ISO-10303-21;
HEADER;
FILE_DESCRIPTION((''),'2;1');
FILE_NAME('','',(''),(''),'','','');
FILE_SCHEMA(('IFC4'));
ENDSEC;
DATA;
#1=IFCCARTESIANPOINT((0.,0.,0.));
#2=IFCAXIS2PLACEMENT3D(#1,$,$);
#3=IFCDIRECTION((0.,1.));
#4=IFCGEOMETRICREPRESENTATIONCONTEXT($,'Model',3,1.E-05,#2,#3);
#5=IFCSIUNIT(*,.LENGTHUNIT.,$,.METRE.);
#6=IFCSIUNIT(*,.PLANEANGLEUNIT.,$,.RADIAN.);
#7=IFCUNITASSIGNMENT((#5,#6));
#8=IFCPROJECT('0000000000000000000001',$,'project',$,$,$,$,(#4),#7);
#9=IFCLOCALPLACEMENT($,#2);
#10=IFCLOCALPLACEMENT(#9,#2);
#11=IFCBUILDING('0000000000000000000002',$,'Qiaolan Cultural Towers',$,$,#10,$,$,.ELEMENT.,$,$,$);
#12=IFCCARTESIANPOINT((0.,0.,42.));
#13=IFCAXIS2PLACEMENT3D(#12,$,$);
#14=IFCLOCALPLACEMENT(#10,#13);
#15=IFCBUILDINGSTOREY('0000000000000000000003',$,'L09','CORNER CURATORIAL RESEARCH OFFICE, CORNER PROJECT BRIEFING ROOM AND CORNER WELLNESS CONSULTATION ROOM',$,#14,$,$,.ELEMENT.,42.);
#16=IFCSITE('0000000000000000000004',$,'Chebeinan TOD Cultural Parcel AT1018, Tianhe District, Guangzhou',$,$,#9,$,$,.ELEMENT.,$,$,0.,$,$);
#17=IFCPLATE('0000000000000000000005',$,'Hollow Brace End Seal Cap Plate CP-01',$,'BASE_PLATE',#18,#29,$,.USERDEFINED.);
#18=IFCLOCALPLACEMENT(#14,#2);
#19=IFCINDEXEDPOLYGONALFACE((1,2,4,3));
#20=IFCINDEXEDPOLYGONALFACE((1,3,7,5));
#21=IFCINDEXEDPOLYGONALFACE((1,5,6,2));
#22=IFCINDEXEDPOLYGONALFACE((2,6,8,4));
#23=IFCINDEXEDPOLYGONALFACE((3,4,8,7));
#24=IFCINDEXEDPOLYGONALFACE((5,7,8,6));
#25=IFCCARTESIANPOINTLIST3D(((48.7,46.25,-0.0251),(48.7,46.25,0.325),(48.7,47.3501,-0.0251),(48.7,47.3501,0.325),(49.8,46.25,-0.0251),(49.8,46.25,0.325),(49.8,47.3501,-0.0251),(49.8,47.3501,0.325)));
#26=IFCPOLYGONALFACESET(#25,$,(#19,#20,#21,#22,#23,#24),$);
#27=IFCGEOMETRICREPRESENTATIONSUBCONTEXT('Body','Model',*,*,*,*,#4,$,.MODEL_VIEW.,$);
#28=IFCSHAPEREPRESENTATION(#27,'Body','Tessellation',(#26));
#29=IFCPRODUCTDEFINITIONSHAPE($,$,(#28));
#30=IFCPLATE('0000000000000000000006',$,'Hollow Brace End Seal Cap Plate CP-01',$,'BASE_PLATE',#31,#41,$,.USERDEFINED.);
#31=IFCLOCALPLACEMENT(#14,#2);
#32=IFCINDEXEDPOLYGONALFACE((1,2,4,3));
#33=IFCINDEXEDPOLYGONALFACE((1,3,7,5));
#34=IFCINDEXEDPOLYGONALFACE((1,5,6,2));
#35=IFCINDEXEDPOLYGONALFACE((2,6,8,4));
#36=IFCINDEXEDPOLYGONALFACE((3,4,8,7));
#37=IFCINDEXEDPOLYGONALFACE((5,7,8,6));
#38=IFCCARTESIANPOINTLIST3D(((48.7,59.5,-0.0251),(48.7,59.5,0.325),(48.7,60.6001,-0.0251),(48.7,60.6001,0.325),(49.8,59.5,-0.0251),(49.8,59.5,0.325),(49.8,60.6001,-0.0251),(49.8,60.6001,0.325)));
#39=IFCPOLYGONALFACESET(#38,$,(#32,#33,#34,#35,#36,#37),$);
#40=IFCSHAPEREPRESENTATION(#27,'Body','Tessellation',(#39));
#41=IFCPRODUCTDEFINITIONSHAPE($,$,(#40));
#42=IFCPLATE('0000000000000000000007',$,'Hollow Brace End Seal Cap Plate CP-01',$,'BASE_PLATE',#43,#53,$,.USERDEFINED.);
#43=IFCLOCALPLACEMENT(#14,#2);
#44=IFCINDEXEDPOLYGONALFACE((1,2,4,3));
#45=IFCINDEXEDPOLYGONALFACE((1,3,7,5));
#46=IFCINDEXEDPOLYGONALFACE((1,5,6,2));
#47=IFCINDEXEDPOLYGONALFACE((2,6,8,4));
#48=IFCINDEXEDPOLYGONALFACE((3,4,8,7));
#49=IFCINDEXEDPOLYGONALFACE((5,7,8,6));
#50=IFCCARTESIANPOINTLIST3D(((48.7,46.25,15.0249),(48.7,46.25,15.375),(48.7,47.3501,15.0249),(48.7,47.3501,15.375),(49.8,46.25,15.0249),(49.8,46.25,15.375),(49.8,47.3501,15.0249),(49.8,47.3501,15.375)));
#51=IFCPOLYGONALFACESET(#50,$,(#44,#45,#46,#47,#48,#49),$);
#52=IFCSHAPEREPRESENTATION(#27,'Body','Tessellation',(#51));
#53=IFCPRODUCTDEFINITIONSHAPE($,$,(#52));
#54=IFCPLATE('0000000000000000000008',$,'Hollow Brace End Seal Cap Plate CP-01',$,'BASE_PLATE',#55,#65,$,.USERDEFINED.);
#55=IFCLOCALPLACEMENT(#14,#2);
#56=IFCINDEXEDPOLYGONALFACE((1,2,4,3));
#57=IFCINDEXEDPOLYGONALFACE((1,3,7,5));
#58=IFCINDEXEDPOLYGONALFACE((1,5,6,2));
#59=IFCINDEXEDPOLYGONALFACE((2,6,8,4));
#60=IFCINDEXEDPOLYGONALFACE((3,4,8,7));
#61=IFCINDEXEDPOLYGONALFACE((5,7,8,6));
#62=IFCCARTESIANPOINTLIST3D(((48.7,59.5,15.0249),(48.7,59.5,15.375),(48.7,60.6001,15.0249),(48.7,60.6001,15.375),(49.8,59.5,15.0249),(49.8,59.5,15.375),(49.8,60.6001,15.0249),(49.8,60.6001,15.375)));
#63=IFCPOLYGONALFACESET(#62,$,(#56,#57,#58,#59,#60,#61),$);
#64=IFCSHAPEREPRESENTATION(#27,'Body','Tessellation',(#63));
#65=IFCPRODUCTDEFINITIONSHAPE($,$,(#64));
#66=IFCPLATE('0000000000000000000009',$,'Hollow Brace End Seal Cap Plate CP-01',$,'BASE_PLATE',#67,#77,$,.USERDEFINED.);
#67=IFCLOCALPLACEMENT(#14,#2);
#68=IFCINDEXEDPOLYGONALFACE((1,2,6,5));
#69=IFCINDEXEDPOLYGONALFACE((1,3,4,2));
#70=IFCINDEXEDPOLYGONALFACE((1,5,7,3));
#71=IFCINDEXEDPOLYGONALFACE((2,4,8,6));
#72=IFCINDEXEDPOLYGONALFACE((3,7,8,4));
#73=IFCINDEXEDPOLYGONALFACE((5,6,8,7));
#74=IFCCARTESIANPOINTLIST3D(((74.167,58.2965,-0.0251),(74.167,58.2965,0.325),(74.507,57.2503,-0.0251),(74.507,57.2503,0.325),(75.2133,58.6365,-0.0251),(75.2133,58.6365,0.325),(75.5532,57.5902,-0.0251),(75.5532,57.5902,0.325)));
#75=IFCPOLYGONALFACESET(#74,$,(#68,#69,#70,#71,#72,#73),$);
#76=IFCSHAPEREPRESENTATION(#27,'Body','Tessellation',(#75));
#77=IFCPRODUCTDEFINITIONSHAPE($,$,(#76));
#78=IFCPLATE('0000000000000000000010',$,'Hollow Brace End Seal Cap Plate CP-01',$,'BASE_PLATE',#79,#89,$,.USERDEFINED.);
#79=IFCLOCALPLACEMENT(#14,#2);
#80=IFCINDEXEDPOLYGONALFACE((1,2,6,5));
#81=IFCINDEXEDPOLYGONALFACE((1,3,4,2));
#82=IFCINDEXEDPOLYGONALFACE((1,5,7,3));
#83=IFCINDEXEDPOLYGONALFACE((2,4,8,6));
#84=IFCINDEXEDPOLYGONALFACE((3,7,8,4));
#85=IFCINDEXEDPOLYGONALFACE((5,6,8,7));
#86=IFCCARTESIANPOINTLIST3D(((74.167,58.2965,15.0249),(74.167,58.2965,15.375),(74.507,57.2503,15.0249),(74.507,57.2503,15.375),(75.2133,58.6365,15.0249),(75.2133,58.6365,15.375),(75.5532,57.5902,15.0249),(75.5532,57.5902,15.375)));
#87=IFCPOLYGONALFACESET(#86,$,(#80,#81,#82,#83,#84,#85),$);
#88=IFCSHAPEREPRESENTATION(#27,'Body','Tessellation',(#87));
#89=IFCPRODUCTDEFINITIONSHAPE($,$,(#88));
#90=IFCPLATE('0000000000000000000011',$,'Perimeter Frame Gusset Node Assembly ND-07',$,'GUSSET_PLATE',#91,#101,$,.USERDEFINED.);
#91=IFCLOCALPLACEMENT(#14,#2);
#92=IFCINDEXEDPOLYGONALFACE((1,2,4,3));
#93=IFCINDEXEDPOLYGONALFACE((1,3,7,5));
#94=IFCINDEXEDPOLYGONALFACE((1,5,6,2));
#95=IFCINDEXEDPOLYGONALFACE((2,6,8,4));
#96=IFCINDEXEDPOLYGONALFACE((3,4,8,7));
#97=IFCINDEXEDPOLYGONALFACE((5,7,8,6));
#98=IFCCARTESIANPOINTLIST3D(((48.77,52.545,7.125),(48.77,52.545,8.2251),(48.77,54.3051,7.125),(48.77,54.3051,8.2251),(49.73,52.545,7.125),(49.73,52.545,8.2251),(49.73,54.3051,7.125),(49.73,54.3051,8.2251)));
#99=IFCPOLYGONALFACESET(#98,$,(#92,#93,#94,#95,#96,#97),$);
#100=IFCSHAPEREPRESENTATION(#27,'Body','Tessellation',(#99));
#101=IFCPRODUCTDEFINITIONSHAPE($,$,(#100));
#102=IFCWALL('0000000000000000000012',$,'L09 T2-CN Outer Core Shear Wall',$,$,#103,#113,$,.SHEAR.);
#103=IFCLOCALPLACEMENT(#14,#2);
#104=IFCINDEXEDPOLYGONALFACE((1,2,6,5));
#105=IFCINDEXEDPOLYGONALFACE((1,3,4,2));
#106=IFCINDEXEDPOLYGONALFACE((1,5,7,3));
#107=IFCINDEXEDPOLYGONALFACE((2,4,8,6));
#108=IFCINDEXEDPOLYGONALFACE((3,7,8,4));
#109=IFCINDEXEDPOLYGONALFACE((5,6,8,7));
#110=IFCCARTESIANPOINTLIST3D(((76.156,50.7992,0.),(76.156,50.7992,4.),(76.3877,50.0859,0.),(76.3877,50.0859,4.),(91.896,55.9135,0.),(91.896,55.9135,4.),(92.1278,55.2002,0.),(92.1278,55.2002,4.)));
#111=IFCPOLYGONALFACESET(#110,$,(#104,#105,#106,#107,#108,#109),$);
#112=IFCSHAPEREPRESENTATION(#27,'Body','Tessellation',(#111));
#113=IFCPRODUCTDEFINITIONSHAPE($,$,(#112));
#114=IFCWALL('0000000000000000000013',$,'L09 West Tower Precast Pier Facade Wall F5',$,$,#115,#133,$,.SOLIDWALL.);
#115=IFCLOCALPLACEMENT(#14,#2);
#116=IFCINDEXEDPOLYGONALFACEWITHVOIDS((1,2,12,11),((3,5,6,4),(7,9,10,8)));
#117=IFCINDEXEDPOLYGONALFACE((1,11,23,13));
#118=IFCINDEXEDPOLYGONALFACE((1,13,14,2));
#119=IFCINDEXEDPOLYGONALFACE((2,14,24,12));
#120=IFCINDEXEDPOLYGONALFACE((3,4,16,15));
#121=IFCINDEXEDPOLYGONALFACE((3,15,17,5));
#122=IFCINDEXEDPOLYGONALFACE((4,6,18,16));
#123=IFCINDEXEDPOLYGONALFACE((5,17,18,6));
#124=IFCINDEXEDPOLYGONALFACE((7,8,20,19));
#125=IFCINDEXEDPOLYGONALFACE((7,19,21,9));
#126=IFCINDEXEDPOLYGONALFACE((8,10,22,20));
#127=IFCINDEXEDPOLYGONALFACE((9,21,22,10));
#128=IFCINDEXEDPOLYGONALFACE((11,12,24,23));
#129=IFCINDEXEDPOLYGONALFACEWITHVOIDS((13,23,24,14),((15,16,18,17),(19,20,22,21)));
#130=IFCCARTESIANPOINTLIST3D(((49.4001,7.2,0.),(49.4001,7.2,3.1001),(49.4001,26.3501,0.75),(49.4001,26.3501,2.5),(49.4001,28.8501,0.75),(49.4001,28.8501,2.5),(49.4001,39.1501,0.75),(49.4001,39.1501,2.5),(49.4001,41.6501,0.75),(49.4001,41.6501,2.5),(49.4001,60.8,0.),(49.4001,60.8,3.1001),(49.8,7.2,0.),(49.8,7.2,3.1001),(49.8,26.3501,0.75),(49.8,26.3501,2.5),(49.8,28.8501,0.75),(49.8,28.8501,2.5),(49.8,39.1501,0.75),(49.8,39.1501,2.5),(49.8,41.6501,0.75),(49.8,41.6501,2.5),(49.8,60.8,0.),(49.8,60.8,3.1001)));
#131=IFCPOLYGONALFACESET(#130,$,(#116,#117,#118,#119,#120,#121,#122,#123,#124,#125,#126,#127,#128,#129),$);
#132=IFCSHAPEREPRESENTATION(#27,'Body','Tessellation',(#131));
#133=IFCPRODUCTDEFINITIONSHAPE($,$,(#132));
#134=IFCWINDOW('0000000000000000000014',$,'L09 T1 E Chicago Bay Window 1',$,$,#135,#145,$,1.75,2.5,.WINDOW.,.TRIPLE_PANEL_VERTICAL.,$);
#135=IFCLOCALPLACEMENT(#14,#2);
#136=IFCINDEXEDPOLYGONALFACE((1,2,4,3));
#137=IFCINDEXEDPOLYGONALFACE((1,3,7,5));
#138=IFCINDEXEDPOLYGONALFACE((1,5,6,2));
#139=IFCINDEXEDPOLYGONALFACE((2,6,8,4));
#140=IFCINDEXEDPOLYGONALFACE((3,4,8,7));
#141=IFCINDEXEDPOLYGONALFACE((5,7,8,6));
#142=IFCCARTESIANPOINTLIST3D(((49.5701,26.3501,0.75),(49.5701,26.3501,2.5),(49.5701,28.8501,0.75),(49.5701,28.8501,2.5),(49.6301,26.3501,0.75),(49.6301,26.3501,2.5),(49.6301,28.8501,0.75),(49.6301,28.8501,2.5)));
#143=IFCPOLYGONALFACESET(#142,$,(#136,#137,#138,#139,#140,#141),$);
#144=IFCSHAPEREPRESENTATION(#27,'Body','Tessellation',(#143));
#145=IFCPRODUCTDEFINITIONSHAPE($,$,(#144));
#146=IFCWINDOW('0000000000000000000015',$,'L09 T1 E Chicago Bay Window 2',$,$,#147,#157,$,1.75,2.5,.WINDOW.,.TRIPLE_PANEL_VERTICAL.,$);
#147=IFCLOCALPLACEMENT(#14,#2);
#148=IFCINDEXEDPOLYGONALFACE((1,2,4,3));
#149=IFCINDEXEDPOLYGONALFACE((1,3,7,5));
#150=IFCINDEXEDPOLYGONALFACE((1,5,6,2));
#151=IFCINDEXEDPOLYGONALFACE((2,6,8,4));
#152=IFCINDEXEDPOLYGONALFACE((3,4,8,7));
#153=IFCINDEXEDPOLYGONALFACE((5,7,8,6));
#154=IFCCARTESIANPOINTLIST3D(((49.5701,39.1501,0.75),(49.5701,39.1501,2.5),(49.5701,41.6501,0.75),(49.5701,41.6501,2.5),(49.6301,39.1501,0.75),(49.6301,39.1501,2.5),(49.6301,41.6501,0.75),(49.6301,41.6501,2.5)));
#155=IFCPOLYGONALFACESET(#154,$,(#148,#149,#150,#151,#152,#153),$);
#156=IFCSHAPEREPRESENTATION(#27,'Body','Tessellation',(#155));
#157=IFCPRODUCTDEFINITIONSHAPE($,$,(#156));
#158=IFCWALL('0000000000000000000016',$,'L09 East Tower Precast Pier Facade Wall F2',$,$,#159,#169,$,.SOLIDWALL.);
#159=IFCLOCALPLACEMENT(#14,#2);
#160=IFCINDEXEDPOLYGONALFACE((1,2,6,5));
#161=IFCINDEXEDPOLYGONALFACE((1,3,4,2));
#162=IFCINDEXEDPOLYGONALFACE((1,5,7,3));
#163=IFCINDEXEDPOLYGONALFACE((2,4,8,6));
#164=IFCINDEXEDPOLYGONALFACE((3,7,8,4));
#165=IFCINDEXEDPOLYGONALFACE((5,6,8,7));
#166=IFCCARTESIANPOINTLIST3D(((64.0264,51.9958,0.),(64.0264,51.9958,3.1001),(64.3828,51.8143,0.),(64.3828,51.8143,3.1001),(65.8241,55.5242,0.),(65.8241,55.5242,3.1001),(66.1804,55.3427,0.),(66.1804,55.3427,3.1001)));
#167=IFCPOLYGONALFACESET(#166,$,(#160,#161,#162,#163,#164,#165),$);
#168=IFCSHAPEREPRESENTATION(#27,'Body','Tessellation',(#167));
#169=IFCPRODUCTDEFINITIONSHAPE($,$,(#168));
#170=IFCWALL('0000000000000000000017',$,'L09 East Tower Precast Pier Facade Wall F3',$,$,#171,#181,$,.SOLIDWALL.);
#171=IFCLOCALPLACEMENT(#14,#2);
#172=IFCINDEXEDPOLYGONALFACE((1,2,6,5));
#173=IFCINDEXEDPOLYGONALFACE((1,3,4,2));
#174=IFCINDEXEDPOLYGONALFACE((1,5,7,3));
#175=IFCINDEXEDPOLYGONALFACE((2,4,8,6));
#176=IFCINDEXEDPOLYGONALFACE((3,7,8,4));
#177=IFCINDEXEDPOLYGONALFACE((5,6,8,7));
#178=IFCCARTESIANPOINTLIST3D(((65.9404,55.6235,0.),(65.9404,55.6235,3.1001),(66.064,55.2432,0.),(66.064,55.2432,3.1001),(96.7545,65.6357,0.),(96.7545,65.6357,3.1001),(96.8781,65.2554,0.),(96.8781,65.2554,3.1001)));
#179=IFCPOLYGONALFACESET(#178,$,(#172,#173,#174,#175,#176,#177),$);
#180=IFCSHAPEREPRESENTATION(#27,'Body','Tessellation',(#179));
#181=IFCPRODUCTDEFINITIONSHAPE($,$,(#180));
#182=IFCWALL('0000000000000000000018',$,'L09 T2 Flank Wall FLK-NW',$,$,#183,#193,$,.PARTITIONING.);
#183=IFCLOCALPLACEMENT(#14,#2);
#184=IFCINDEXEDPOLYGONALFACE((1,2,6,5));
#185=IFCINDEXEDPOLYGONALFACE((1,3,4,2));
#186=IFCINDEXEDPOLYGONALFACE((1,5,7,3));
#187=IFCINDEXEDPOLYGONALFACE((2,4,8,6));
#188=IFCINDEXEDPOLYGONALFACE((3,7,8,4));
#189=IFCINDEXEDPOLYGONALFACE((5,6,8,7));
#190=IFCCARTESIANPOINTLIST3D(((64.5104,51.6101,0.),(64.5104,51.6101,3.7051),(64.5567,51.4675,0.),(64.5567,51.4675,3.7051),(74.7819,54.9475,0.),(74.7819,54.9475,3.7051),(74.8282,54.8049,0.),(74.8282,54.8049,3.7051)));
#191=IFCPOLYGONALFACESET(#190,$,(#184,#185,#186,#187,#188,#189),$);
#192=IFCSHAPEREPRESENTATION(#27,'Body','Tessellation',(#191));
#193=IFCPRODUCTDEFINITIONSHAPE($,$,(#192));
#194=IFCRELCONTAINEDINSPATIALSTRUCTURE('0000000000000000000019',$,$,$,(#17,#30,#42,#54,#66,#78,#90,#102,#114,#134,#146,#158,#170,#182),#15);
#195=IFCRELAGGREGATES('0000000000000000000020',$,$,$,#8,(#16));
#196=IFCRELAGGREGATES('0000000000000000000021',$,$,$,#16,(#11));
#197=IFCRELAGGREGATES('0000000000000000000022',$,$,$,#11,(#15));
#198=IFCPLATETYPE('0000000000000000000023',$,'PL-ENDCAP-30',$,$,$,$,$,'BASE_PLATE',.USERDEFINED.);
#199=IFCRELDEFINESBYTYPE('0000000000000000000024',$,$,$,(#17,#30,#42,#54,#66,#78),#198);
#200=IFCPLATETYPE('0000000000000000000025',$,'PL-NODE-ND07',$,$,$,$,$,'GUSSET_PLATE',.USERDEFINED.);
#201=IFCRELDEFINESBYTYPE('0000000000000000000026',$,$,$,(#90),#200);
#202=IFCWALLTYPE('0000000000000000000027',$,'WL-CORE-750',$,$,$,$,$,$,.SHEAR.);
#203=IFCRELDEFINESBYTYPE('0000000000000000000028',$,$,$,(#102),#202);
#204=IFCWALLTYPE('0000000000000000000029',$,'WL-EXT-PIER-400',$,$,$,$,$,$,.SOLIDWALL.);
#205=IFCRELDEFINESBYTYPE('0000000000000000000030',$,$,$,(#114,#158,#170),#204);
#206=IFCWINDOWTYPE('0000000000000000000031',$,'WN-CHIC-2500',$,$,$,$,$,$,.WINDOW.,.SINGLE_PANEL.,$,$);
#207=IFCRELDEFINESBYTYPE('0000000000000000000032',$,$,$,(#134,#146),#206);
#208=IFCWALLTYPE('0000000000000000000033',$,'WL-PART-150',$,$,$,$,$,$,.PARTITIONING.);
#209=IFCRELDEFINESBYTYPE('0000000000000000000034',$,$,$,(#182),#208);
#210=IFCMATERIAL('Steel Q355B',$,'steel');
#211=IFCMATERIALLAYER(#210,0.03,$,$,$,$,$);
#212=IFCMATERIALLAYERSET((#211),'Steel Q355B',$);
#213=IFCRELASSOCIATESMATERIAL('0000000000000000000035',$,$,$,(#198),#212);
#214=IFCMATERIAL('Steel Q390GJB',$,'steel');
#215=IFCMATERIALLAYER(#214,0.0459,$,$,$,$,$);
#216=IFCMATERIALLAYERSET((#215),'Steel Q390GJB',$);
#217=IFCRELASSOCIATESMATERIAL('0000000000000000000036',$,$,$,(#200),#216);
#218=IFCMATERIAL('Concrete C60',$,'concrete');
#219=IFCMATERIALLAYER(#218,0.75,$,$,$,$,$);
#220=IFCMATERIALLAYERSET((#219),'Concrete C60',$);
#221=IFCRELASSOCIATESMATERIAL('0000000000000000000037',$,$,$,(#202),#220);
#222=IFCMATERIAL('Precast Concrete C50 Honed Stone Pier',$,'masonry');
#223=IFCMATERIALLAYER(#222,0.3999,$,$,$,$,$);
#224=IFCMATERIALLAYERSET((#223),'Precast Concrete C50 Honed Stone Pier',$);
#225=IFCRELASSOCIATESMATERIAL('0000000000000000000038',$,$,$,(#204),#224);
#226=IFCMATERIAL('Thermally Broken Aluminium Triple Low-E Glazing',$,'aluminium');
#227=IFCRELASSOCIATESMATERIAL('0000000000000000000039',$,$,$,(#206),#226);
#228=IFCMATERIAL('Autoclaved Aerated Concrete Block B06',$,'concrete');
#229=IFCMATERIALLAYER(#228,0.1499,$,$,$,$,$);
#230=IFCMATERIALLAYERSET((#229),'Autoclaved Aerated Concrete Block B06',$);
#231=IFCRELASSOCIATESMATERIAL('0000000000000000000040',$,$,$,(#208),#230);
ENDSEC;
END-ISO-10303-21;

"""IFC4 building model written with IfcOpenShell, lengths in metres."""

from ifc_helpers import new_model, si_unit, direction, frame, frame_2d, origin, origin_2d, place, context, subcontext, project, spatial, rectangle, extrude, material, layer, layer_set, type_object, element, fill, save


model = new_model("IFC4")

# Units and contexts
model_context = context("Model", 3, precision=1e-05, world=origin(), true_north=direction((0.0, 1.0)))
body_context = subcontext(model_context, "Body", "Model", "MODEL_VIEW")
ifc_project = project(units=[si_unit("LENGTHUNIT", "METRE"), si_unit("PLANEANGLEUNIT", "RADIAN")], contexts=[model_context])

# Site, building, storey
site_placement = place(None, origin())
site = spatial("IfcSite", under=ifc_project, at=site_placement, Name="Chebeinan TOD Cultural Parcel AT1018, Tianhe District, Guangzhou", CompositionType="ELEMENT", RefElevation=0.0)
building_placement = place(site_placement, origin())
building = spatial("IfcBuilding", under=site, at=building_placement, Name="Qiaolan Cultural Towers", CompositionType="ELEMENT")
storey_placement = place(building_placement, frame((0.0, 0.0, 42.0)))
storey = spatial("IfcBuildingStorey", under=building, at=storey_placement, Name="L09", Description="CORNER CURATORIAL RESEARCH OFFICE, CORNER PROJECT BRIEFING ROOM AND CORNER WELLNESS CONSULTATION ROOM", CompositionType="ELEMENT", Elevation=42.0)

# Plates
ifc_material_1 = material(Name="Steel Q355B", Category="steel")
ifc_layer_1 = layer(ifc_material_1, 0.03)
ifc_layer_set_1 = layer_set([ifc_layer_1], Name="Steel Q355B")
plate_type_1 = type_object("IfcPlateType", Name="PL-ENDCAP-30", ElementType="BASE_PLATE", PredefinedType="USERDEFINED", material=ifc_layer_set_1)
for number, where, z_axis, x_axis, name in (
    (1, (49.25, 46.8, -0.0251), (0.0, 0.0, 1.0), (0.0, 1.0, 0.0), "Hollow Brace End Seal Cap Plate CP-01"),
    (2, (49.25, 60.05, -0.0251), (0.0, 0.0, 1.0), (0.0, 1.0, 0.0), "Hollow Brace End Seal Cap Plate CP-01"),
    (3, (49.25, 46.8, 15.0249), (0.0, 0.0, 1.0), (0.0, 1.0, 0.0), "Hollow Brace End Seal Cap Plate CP-01"),
    (4, (49.25, 60.05, 15.0249), (0.0, 0.0, 1.0), (0.0, 1.0, 0.0), "Hollow Brace End Seal Cap Plate CP-01"),
    (5, (74.8601, 57.9434, -0.0251), (0.0, 0.0, 1.0), (0.951057, 0.309017, 0.0), "Hollow Brace End Seal Cap Plate CP-01"),
    (6, (74.8601, 57.9434, 15.0249), (0.0, 0.0, 1.0), (0.951057, 0.309017, 0.0), "Hollow Brace End Seal Cap Plate CP-01"),
):
    element("IfcPlate", number, at=place(storey_placement, frame(where, z_axis=z_axis, x_axis=x_axis)), inside=storey, type_object=plate_type_1, Name=name, ObjectType="BASE_PLATE", PredefinedType="USERDEFINED", context=body_context, shape_type="SweptSolid", body=[
        extrude(rectangle(XDim=1.1001, YDim=1.1001, at=origin_2d()), origin(), (0.0, 0.0, 1.0), 0.3501),
    ])
ifc_material_2 = material(Name="Steel Q390GJB", Category="steel")
ifc_layer_2 = layer(ifc_material_2, 0.0459)
ifc_layer_set_2 = layer_set([ifc_layer_2], Name="Steel Q390GJB")
plate_type_2 = type_object("IfcPlateType", Name="PL-NODE-ND07", ElementType="GUSSET_PLATE", PredefinedType="USERDEFINED", material=ifc_layer_set_2)
plate_placement = place(storey_placement, frame((49.25, 53.425, 7.125), z_axis=(0.0, 0.0, 1.0), x_axis=(0.0, 1.0, 0.0)))
element("IfcPlate", 7, at=plate_placement, inside=storey, type_object=plate_type_2, Name="Perimeter Frame Gusset Node Assembly ND-07", ObjectType="GUSSET_PLATE", PredefinedType="USERDEFINED", context=body_context, shape_type="SweptSolid", body=[
    extrude(rectangle(XDim=1.76, YDim=0.96, at=origin_2d()), origin(), (0.0, 0.0, 1.0), 1.1001),
])

# Wall
ifc_material_3 = material(Name="Concrete C60", Category="concrete")
ifc_layer_3 = layer(ifc_material_3, 0.75)
ifc_layer_set_3 = layer_set([ifc_layer_3], Name="Concrete C60")
wall_type_1 = type_object("IfcWallType", Name="WL-CORE-750", PredefinedType="SHEAR", material=ifc_layer_set_3)
wall_1_placement = place(storey_placement, frame((76.272, 50.4426, 0.0), z_axis=(0.0, 0.0, 1.0), x_axis=(0.951056, 0.309018, 0.0)))
element("IfcWall", 8, at=wall_1_placement, inside=storey, type_object=wall_type_1, Name="L09 T2-CN Outer Core Shear Wall", PredefinedType="SHEAR", context=body_context, shape_type="SweptSolid", body=[
    extrude(rectangle(XDim=16.55, YDim=0.75, at=frame_2d((8.2749, 0.0))), origin(), (0.0, 0.0, 1.0), 4.0),
])

# Wall, openings, windows
ifc_material_4 = material(Name="Precast Concrete C50 Honed Stone Pier", Category="masonry")
ifc_layer_4 = layer(ifc_material_4, 0.3999)
ifc_layer_set_4 = layer_set([ifc_layer_4], Name="Precast Concrete C50 Honed Stone Pier")
wall_type_2 = type_object("IfcWallType", Name="WL-EXT-PIER-400", PredefinedType="SOLIDWALL", material=ifc_layer_set_4)
wall_2_placement = place(storey_placement, frame((49.6001, 60.8, 0.0), z_axis=(0.0, 0.0, 1.0), x_axis=(0.0, -1.0, 0.0)))
wall_2 = element("IfcWall", 9, at=wall_2_placement, inside=storey, type_object=wall_type_2, Name="L09 West Tower Precast Pier Facade Wall F5", PredefinedType="SOLIDWALL", context=body_context, shape_type="SweptSolid", body=[
    extrude(rectangle(XDim=53.6001, YDim=0.3999, at=frame_2d((26.8, 0.0))), origin(), (0.0, 0.0, 1.0), 3.1001),
])
opening_1_placement = place(wall_2_placement, frame((31.95, 0.0, 0.75)))
opening_1 = element("IfcOpeningElement", 10, at=opening_1_placement, cuts=wall_2, PredefinedType="OPENING", context=body_context, shape_type="SweptSolid", body=[
    extrude(rectangle(XDim=2.5, YDim=1.75, at=frame_2d((1.25, 0.875))), frame((0.0, 0.21, 0.0), z_axis=(0.0, -1.0, 0.0), x_axis=(1.0, 0.0, 0.0)), (0.0, 0.0, 1.0), 0.4199),
])
opening_2_placement = place(wall_2_placement, frame((19.1499, 0.0, 0.75)))
opening_2 = element("IfcOpeningElement", 11, at=opening_2_placement, cuts=wall_2, PredefinedType="OPENING", context=body_context, shape_type="SweptSolid", body=[
    extrude(rectangle(XDim=2.5, YDim=1.75, at=frame_2d((1.25, 0.875))), frame((0.0, 0.21, 0.0), z_axis=(0.0, -1.0, 0.0), x_axis=(1.0, 0.0, 0.0)), (0.0, 0.0, 1.0), 0.4199),
])
ifc_material_5 = material(Name="Thermally Broken Aluminium Triple Low-E Glazing", Category="aluminium")
window_type = type_object("IfcWindowType", Name="WN-CHIC-2500", PartitioningType="SINGLE_PANEL", PredefinedType="WINDOW", material=ifc_material_5)
window_1_placement = place(opening_1_placement, origin())
window_1 = element("IfcWindow", 12, at=window_1_placement, inside=storey, type_object=window_type, Name="L09 T1 E Chicago Bay Window 1", OverallHeight=1.75, OverallWidth=2.5, PartitioningType="TRIPLE_PANEL_VERTICAL", PredefinedType="WINDOW", context=body_context, shape_type="SweptSolid", body=[
    extrude(rectangle(XDim=2.5, YDim=1.75, at=frame_2d((1.25, 0.875))), frame((0.0, 0.03, 0.0), z_axis=(0.0, -1.0, 0.0), x_axis=(1.0, 0.0, 0.0)), (0.0, 0.0, 1.0), 0.0601),
])
fill(opening_1, window_1)
window_2_placement = place(opening_2_placement, origin())
window_2 = element("IfcWindow", 13, at=window_2_placement, inside=storey, type_object=window_type, Name="L09 T1 E Chicago Bay Window 2", OverallHeight=1.75, OverallWidth=2.5, PartitioningType="TRIPLE_PANEL_VERTICAL", PredefinedType="WINDOW", context=body_context, shape_type="SweptSolid", body=[
    extrude(rectangle(XDim=2.5, YDim=1.75, at=frame_2d((1.25, 0.875))), frame((0.0, 0.03, 0.0), z_axis=(0.0, -1.0, 0.0), x_axis=(1.0, 0.0, 0.0)), (0.0, 0.0, 1.0), 0.0601),
])
fill(opening_2, window_2)

# Walls
wall_3_placement = place(storey_placement, frame((64.2046, 51.905, 0.0), z_axis=(0.0, 0.0, 1.0), x_axis=(0.453958, 0.891023, 0.0)))
element("IfcWall", 14, at=wall_3_placement, inside=storey, type_object=wall_type_2, Name="L09 East Tower Precast Pier Facade Wall F2", PredefinedType="SOLIDWALL", context=body_context, shape_type="SweptSolid", body=[
    extrude(rectangle(XDim=3.96, YDim=0.3999, at=frame_2d((1.98, 0.0))), origin(), (0.0, 0.0, 1.0), 3.1001),
])
wall_4_placement = place(storey_placement, frame((66.0022, 55.4333, 0.0), z_axis=(0.0, 0.0, 1.0), x_axis=(0.951056, 0.309019, 0.0)))
element("IfcWall", 15, at=wall_4_placement, inside=storey, type_object=wall_type_2, Name="L09 East Tower Precast Pier Facade Wall F3", PredefinedType="SOLIDWALL", context=body_context, shape_type="SweptSolid", body=[
    extrude(rectangle(XDim=32.3999, YDim=0.3999, at=frame_2d((16.2, 0.0))), origin(), (0.0, 0.0, 1.0), 3.1001),
])
ifc_material_6 = material(Name="Autoclaved Aerated Concrete Block B06", Category="concrete")
ifc_layer_5 = layer(ifc_material_6, 0.1499)
ifc_layer_set_5 = layer_set([ifc_layer_5], Name="Autoclaved Aerated Concrete Block B06")
wall_type_3 = type_object("IfcWallType", Name="WL-PART-150", PredefinedType="PARTITIONING", material=ifc_layer_set_5)
wall_5_placement = place(storey_placement, frame((64.5337, 51.5388, 0.0), z_axis=(0.0, 0.0, 1.0), x_axis=(0.951057, 0.309017, 0.0)))
element("IfcWall", 16, at=wall_5_placement, inside=storey, type_object=wall_type_3, Name="L09 T2 Flank Wall FLK-NW", PredefinedType="PARTITIONING", context=body_context, shape_type="SweptSolid", body=[
    extrude(rectangle(XDim=10.8, YDim=0.1499, at=frame_2d((5.3999, 0.0))), origin(), (0.0, 0.0, 1.0), 3.7051),
])

save(model, "model.ifc")
